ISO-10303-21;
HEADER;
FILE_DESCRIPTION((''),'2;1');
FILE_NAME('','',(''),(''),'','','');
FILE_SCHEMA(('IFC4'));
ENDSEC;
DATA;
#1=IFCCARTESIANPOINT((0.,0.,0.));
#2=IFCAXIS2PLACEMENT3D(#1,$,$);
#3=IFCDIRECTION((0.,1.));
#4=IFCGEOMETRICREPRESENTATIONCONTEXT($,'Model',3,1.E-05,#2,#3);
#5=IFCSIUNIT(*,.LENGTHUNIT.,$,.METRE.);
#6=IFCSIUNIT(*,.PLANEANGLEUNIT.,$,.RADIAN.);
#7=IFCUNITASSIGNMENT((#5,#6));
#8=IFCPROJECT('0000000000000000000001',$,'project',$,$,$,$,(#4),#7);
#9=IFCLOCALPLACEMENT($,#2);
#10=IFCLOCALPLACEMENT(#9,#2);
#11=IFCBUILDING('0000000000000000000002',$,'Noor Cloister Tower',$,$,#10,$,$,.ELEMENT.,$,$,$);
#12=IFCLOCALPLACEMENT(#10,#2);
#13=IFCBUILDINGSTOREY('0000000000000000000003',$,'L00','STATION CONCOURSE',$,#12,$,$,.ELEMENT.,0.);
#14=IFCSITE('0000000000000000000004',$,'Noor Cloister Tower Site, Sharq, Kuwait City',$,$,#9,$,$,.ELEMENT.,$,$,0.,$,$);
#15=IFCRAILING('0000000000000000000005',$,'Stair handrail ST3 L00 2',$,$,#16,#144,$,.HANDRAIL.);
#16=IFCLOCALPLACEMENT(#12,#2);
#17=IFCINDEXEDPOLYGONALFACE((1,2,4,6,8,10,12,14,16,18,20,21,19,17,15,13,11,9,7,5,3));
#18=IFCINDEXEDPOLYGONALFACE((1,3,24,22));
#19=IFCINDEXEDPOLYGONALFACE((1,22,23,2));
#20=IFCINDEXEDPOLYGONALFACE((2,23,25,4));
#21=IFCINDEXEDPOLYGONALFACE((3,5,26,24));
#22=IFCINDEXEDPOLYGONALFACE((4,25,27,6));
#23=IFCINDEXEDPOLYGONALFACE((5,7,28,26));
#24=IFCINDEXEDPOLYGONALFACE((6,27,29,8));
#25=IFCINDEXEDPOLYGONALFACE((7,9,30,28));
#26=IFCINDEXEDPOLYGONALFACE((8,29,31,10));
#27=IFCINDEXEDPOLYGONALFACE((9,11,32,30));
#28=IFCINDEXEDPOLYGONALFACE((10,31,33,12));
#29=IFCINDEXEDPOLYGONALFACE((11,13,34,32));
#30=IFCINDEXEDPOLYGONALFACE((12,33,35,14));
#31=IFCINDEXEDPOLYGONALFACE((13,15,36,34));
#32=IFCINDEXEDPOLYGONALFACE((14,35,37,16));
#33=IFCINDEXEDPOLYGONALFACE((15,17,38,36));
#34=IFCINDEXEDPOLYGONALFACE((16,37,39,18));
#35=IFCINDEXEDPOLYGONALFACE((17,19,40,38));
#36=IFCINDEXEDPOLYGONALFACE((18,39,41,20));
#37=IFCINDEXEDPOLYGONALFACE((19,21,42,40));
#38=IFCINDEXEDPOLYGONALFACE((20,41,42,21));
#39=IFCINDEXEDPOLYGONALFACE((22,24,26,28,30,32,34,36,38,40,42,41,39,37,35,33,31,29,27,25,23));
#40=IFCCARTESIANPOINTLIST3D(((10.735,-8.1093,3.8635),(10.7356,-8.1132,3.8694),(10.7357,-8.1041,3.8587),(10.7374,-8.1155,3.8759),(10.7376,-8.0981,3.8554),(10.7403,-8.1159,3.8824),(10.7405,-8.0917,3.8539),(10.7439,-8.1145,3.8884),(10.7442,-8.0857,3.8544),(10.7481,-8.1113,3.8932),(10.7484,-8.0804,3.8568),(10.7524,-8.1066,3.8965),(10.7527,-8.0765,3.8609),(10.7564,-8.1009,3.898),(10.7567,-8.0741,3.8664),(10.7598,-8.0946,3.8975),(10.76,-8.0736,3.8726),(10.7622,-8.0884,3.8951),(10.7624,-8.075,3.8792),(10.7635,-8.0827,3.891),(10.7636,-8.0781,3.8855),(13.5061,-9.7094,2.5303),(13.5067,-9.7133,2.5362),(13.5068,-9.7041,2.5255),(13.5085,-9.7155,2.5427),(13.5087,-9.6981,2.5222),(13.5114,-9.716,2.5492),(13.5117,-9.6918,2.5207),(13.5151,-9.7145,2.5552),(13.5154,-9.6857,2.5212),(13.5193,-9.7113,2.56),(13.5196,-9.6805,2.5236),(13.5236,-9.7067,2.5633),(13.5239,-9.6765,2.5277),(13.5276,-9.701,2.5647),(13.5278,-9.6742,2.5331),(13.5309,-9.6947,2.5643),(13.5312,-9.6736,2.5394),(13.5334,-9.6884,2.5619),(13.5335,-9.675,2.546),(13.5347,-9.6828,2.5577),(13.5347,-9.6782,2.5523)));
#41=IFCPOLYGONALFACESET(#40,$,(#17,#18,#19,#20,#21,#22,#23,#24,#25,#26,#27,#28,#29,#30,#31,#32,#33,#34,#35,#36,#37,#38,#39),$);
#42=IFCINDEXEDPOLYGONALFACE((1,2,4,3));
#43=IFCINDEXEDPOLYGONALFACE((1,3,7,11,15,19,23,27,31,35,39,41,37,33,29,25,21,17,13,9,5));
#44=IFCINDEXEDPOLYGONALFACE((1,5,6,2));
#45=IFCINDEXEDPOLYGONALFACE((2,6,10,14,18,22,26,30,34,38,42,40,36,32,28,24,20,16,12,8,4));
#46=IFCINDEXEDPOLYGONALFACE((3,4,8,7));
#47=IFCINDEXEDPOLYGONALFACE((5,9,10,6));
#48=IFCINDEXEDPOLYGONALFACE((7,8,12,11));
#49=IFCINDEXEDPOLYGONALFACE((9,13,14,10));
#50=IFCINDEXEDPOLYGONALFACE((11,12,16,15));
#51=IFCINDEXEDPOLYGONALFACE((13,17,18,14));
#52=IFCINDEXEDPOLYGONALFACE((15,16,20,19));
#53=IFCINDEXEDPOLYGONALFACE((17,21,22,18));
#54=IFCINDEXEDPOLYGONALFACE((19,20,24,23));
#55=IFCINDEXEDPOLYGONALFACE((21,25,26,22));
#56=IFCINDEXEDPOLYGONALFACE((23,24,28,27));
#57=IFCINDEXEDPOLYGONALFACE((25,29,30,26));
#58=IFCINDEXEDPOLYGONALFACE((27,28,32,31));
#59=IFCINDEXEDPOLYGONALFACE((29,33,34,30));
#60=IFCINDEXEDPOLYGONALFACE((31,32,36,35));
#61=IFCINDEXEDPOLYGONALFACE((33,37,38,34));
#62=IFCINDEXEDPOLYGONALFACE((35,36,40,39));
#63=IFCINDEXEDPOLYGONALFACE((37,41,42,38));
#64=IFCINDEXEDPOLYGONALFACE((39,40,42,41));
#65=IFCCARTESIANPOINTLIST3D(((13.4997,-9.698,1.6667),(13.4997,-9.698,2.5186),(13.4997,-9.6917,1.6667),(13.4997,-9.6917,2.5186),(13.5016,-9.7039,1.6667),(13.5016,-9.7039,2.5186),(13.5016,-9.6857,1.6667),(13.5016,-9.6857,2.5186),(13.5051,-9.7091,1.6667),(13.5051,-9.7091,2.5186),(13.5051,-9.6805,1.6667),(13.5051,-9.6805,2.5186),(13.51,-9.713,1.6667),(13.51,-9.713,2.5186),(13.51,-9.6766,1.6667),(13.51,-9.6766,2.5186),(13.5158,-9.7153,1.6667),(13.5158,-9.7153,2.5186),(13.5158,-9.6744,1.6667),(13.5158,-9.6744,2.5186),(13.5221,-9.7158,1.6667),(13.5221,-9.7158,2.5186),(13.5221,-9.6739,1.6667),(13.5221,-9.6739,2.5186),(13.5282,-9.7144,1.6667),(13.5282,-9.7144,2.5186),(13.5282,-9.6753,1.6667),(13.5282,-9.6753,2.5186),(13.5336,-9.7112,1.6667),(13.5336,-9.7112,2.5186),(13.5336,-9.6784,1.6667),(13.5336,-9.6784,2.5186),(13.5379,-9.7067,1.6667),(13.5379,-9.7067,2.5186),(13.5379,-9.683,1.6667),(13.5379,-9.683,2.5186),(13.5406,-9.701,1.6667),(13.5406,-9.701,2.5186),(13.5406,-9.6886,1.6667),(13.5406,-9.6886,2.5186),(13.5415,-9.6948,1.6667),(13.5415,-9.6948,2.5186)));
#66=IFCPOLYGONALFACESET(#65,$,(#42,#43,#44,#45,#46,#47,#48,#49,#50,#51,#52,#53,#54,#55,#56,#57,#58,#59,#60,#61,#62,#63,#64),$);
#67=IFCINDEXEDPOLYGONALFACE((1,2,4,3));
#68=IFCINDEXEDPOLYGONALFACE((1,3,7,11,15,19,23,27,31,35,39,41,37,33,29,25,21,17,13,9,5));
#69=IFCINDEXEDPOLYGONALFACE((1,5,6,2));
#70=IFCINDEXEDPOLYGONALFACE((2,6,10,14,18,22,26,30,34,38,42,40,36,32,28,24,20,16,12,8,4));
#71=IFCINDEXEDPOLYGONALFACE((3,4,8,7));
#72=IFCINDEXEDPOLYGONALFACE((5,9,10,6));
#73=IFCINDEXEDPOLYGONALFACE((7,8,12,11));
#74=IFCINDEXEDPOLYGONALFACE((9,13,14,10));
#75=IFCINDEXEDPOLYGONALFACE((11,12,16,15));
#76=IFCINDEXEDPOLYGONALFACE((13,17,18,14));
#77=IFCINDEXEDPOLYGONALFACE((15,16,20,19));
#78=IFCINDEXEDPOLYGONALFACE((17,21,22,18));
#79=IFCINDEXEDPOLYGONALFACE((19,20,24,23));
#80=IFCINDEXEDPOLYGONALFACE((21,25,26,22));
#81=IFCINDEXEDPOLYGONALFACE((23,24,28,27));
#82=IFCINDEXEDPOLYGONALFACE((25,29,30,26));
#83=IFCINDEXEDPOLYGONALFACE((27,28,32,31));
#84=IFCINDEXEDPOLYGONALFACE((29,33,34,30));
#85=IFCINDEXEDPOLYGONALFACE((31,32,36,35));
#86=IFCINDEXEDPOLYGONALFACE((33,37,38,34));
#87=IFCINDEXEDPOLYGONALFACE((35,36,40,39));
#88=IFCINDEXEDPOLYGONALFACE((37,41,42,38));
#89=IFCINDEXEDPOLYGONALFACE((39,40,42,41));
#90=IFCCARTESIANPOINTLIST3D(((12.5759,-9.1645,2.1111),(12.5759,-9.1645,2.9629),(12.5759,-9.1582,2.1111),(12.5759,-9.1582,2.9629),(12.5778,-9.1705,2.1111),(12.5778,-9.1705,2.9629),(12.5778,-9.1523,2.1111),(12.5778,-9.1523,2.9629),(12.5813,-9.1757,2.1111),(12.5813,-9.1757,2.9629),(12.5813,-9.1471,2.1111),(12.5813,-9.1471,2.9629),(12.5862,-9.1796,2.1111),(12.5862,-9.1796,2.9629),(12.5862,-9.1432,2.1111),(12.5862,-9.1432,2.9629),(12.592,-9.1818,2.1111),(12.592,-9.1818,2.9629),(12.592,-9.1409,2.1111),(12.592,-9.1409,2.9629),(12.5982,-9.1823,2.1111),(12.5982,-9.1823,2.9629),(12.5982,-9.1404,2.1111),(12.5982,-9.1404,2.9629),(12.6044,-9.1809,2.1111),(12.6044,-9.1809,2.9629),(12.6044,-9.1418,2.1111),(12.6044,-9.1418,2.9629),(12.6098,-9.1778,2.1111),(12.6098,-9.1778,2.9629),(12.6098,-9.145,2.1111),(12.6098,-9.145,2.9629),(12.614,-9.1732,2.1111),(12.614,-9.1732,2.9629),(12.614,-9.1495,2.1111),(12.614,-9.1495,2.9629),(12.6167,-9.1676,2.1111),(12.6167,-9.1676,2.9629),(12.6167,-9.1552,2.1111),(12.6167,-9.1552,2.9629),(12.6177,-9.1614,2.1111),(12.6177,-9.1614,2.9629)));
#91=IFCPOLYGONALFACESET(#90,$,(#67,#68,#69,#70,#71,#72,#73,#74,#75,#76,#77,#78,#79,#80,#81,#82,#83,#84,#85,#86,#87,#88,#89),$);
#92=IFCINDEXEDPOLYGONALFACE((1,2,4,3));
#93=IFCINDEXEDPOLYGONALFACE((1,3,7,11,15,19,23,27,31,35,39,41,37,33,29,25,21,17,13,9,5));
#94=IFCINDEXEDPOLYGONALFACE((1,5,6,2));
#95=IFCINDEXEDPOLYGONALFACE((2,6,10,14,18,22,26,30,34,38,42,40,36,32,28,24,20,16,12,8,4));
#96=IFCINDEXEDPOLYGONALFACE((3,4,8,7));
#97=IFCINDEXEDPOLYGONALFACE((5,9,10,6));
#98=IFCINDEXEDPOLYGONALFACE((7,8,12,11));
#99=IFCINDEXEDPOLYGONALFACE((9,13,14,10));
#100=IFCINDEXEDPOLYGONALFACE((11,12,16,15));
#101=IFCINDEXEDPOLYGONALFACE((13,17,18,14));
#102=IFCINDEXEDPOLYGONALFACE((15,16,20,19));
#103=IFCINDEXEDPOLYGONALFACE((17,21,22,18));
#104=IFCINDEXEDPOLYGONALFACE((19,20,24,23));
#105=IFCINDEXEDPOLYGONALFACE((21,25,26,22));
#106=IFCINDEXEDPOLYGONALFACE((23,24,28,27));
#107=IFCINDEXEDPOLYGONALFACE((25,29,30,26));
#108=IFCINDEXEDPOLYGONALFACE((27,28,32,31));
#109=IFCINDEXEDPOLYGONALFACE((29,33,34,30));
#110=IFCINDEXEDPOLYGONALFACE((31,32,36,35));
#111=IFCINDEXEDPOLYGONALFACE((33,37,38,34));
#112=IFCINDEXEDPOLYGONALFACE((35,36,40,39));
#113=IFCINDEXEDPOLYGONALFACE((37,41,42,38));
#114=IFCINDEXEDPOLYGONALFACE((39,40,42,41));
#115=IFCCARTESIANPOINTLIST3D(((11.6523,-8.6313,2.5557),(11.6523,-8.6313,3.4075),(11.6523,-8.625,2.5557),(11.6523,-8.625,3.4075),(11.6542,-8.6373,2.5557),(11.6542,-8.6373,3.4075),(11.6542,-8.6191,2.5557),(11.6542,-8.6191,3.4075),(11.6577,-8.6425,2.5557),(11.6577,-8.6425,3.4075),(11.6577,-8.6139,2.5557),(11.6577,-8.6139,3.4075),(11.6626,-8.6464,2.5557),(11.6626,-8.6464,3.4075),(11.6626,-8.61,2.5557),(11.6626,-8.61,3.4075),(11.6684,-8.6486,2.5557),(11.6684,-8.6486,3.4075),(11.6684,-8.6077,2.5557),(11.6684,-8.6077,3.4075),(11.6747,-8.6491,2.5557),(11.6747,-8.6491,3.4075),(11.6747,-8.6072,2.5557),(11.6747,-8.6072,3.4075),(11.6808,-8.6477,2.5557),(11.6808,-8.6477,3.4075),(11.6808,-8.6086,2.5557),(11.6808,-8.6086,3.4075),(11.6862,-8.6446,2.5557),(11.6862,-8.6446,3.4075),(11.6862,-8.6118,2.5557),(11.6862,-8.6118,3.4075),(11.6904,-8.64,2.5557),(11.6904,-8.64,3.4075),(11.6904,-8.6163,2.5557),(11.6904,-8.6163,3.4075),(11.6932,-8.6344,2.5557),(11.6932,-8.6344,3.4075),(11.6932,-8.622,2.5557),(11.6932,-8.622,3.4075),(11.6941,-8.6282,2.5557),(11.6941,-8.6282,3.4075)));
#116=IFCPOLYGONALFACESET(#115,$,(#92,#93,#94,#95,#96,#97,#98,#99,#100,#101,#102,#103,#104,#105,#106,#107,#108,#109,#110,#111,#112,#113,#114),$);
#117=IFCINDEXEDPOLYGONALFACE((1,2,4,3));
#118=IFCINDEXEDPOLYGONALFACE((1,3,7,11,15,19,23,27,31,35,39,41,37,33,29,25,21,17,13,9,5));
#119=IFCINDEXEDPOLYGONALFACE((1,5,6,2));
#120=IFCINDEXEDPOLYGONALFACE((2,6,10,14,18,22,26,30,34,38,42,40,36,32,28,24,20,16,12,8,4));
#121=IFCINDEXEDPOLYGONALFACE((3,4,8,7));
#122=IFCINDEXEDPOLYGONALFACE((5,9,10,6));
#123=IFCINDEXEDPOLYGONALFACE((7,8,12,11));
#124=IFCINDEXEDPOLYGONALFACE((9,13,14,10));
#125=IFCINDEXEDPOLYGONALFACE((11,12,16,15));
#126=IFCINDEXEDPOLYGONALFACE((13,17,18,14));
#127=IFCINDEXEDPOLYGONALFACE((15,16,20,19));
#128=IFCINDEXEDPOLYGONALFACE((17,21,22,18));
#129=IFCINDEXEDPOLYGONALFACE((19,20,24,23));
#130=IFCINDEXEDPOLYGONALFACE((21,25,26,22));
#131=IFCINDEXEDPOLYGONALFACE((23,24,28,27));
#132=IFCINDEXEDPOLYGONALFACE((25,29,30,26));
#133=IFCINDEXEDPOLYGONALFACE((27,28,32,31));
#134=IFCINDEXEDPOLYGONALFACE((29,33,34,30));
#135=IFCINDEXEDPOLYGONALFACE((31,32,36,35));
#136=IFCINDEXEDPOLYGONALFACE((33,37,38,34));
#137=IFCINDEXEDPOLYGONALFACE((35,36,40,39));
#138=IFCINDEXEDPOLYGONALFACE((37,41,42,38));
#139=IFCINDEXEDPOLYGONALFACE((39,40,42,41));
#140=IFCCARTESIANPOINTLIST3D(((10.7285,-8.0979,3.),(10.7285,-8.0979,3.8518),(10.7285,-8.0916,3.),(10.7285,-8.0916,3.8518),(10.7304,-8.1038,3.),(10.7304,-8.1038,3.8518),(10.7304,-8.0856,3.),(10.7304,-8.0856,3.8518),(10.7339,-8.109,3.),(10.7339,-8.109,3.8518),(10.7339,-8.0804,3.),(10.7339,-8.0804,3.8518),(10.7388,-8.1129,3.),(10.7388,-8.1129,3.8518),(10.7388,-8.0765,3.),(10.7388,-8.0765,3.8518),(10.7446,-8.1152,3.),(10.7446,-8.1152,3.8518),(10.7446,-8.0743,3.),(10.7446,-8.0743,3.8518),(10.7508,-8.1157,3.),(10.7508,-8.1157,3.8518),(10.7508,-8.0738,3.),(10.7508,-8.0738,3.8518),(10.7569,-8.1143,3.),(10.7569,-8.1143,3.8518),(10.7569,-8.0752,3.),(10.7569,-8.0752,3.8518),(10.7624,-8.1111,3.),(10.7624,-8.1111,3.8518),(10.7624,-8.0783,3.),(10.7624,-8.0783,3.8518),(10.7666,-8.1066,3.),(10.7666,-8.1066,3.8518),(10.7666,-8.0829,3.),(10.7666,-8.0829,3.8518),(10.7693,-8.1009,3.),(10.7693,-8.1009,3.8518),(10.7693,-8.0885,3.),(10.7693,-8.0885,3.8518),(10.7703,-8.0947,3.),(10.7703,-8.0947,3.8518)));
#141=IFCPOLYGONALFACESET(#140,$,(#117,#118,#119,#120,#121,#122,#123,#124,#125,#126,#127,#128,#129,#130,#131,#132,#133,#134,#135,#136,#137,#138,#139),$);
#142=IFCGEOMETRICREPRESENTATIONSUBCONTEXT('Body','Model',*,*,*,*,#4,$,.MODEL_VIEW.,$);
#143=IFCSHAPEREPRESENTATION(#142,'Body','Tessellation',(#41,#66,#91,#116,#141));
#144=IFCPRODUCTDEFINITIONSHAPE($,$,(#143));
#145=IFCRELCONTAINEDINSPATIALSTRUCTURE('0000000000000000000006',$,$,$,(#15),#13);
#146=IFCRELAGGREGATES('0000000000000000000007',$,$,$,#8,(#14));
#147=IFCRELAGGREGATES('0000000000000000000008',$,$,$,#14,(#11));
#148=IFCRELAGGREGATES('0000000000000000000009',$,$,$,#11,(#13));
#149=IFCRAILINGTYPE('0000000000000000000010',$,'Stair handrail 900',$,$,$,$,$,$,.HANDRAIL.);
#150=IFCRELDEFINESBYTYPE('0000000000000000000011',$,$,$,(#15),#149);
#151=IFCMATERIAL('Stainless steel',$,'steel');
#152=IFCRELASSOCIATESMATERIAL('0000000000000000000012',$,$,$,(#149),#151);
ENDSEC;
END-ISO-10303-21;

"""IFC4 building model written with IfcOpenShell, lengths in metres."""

from ifc_helpers import new_model, si_unit, direction, frame, origin, origin_2d, place, context, subcontext, project, spatial, circle, extrude, material, type_object, element, save


model = new_model("IFC4")

# Units and contexts
model_context = context("Model", 3, precision=1e-05, world=origin(), true_north=direction((0.0, 1.0)))
body_context = subcontext(model_context, "Body", "Model", "MODEL_VIEW")
ifc_project = project(units=[si_unit("LENGTHUNIT", "METRE"), si_unit("PLANEANGLEUNIT", "RADIAN")], contexts=[model_context])

# Site, building, storey
site_placement = place(None, origin())
site = spatial("IfcSite", under=ifc_project, at=site_placement, Name="Noor Cloister Tower Site, Sharq, Kuwait City", CompositionType="ELEMENT", RefElevation=0.0)
building_placement = place(site_placement, origin())
building = spatial("IfcBuilding", under=site, at=building_placement, Name="Noor Cloister Tower", CompositionType="ELEMENT")
storey_placement = place(building_placement, origin())
storey = spatial("IfcBuildingStorey", under=building, at=storey_placement, Name="L00", Description="STATION CONCOURSE", CompositionType="ELEMENT", Elevation=0.0)

# Railing
ifc_material_1 = material(Name="Stainless steel", Category="steel")
railing_type = type_object("IfcRailingType", Name="Stair handrail 900", PredefinedType="HANDRAIL", material=ifc_material_1)
for number, where, name in (
    (1, (13.5205, -9.6948, 1.6667), "Stair handrail ST3 L00 2"),
):
    element("IfcRailing", number, at=place(storey_placement, frame(where)), inside=storey, type_object=railing_type, Name=name, PredefinedType="HANDRAIL", context=body_context, shape_type="SweptSolid", body=[
        extrude(circle(Radius=0.0239, at=origin_2d()), frame((0.0, 0.0, 0.876), z_axis=(-0.799401, 0.461569, 0.384594), x_axis=(-0.500028, -0.866009, 0.0)), (0.0, 0.0, 1.0), 3.4666),
        extrude(circle(Radius=0.021, at=origin_2d()), origin(), (0.0, 0.0, 1.0), 0.8518),
        extrude(circle(Radius=0.021, at=origin_2d()), frame((-0.9238, 0.5334, 0.4443)), (0.0, 0.0, 1.0), 0.8518),
        extrude(circle(Radius=0.021, at=origin_2d()), frame((-1.8474, 1.0667, 0.8889)), (0.0, 0.0, 1.0), 0.8518),
        extrude(circle(Radius=0.021, at=origin_2d()), frame((-2.7712, 1.6001, 1.3333)), (0.0, 0.0, 1.0), 0.8518),
    ])

save(model, "model.ifc")
